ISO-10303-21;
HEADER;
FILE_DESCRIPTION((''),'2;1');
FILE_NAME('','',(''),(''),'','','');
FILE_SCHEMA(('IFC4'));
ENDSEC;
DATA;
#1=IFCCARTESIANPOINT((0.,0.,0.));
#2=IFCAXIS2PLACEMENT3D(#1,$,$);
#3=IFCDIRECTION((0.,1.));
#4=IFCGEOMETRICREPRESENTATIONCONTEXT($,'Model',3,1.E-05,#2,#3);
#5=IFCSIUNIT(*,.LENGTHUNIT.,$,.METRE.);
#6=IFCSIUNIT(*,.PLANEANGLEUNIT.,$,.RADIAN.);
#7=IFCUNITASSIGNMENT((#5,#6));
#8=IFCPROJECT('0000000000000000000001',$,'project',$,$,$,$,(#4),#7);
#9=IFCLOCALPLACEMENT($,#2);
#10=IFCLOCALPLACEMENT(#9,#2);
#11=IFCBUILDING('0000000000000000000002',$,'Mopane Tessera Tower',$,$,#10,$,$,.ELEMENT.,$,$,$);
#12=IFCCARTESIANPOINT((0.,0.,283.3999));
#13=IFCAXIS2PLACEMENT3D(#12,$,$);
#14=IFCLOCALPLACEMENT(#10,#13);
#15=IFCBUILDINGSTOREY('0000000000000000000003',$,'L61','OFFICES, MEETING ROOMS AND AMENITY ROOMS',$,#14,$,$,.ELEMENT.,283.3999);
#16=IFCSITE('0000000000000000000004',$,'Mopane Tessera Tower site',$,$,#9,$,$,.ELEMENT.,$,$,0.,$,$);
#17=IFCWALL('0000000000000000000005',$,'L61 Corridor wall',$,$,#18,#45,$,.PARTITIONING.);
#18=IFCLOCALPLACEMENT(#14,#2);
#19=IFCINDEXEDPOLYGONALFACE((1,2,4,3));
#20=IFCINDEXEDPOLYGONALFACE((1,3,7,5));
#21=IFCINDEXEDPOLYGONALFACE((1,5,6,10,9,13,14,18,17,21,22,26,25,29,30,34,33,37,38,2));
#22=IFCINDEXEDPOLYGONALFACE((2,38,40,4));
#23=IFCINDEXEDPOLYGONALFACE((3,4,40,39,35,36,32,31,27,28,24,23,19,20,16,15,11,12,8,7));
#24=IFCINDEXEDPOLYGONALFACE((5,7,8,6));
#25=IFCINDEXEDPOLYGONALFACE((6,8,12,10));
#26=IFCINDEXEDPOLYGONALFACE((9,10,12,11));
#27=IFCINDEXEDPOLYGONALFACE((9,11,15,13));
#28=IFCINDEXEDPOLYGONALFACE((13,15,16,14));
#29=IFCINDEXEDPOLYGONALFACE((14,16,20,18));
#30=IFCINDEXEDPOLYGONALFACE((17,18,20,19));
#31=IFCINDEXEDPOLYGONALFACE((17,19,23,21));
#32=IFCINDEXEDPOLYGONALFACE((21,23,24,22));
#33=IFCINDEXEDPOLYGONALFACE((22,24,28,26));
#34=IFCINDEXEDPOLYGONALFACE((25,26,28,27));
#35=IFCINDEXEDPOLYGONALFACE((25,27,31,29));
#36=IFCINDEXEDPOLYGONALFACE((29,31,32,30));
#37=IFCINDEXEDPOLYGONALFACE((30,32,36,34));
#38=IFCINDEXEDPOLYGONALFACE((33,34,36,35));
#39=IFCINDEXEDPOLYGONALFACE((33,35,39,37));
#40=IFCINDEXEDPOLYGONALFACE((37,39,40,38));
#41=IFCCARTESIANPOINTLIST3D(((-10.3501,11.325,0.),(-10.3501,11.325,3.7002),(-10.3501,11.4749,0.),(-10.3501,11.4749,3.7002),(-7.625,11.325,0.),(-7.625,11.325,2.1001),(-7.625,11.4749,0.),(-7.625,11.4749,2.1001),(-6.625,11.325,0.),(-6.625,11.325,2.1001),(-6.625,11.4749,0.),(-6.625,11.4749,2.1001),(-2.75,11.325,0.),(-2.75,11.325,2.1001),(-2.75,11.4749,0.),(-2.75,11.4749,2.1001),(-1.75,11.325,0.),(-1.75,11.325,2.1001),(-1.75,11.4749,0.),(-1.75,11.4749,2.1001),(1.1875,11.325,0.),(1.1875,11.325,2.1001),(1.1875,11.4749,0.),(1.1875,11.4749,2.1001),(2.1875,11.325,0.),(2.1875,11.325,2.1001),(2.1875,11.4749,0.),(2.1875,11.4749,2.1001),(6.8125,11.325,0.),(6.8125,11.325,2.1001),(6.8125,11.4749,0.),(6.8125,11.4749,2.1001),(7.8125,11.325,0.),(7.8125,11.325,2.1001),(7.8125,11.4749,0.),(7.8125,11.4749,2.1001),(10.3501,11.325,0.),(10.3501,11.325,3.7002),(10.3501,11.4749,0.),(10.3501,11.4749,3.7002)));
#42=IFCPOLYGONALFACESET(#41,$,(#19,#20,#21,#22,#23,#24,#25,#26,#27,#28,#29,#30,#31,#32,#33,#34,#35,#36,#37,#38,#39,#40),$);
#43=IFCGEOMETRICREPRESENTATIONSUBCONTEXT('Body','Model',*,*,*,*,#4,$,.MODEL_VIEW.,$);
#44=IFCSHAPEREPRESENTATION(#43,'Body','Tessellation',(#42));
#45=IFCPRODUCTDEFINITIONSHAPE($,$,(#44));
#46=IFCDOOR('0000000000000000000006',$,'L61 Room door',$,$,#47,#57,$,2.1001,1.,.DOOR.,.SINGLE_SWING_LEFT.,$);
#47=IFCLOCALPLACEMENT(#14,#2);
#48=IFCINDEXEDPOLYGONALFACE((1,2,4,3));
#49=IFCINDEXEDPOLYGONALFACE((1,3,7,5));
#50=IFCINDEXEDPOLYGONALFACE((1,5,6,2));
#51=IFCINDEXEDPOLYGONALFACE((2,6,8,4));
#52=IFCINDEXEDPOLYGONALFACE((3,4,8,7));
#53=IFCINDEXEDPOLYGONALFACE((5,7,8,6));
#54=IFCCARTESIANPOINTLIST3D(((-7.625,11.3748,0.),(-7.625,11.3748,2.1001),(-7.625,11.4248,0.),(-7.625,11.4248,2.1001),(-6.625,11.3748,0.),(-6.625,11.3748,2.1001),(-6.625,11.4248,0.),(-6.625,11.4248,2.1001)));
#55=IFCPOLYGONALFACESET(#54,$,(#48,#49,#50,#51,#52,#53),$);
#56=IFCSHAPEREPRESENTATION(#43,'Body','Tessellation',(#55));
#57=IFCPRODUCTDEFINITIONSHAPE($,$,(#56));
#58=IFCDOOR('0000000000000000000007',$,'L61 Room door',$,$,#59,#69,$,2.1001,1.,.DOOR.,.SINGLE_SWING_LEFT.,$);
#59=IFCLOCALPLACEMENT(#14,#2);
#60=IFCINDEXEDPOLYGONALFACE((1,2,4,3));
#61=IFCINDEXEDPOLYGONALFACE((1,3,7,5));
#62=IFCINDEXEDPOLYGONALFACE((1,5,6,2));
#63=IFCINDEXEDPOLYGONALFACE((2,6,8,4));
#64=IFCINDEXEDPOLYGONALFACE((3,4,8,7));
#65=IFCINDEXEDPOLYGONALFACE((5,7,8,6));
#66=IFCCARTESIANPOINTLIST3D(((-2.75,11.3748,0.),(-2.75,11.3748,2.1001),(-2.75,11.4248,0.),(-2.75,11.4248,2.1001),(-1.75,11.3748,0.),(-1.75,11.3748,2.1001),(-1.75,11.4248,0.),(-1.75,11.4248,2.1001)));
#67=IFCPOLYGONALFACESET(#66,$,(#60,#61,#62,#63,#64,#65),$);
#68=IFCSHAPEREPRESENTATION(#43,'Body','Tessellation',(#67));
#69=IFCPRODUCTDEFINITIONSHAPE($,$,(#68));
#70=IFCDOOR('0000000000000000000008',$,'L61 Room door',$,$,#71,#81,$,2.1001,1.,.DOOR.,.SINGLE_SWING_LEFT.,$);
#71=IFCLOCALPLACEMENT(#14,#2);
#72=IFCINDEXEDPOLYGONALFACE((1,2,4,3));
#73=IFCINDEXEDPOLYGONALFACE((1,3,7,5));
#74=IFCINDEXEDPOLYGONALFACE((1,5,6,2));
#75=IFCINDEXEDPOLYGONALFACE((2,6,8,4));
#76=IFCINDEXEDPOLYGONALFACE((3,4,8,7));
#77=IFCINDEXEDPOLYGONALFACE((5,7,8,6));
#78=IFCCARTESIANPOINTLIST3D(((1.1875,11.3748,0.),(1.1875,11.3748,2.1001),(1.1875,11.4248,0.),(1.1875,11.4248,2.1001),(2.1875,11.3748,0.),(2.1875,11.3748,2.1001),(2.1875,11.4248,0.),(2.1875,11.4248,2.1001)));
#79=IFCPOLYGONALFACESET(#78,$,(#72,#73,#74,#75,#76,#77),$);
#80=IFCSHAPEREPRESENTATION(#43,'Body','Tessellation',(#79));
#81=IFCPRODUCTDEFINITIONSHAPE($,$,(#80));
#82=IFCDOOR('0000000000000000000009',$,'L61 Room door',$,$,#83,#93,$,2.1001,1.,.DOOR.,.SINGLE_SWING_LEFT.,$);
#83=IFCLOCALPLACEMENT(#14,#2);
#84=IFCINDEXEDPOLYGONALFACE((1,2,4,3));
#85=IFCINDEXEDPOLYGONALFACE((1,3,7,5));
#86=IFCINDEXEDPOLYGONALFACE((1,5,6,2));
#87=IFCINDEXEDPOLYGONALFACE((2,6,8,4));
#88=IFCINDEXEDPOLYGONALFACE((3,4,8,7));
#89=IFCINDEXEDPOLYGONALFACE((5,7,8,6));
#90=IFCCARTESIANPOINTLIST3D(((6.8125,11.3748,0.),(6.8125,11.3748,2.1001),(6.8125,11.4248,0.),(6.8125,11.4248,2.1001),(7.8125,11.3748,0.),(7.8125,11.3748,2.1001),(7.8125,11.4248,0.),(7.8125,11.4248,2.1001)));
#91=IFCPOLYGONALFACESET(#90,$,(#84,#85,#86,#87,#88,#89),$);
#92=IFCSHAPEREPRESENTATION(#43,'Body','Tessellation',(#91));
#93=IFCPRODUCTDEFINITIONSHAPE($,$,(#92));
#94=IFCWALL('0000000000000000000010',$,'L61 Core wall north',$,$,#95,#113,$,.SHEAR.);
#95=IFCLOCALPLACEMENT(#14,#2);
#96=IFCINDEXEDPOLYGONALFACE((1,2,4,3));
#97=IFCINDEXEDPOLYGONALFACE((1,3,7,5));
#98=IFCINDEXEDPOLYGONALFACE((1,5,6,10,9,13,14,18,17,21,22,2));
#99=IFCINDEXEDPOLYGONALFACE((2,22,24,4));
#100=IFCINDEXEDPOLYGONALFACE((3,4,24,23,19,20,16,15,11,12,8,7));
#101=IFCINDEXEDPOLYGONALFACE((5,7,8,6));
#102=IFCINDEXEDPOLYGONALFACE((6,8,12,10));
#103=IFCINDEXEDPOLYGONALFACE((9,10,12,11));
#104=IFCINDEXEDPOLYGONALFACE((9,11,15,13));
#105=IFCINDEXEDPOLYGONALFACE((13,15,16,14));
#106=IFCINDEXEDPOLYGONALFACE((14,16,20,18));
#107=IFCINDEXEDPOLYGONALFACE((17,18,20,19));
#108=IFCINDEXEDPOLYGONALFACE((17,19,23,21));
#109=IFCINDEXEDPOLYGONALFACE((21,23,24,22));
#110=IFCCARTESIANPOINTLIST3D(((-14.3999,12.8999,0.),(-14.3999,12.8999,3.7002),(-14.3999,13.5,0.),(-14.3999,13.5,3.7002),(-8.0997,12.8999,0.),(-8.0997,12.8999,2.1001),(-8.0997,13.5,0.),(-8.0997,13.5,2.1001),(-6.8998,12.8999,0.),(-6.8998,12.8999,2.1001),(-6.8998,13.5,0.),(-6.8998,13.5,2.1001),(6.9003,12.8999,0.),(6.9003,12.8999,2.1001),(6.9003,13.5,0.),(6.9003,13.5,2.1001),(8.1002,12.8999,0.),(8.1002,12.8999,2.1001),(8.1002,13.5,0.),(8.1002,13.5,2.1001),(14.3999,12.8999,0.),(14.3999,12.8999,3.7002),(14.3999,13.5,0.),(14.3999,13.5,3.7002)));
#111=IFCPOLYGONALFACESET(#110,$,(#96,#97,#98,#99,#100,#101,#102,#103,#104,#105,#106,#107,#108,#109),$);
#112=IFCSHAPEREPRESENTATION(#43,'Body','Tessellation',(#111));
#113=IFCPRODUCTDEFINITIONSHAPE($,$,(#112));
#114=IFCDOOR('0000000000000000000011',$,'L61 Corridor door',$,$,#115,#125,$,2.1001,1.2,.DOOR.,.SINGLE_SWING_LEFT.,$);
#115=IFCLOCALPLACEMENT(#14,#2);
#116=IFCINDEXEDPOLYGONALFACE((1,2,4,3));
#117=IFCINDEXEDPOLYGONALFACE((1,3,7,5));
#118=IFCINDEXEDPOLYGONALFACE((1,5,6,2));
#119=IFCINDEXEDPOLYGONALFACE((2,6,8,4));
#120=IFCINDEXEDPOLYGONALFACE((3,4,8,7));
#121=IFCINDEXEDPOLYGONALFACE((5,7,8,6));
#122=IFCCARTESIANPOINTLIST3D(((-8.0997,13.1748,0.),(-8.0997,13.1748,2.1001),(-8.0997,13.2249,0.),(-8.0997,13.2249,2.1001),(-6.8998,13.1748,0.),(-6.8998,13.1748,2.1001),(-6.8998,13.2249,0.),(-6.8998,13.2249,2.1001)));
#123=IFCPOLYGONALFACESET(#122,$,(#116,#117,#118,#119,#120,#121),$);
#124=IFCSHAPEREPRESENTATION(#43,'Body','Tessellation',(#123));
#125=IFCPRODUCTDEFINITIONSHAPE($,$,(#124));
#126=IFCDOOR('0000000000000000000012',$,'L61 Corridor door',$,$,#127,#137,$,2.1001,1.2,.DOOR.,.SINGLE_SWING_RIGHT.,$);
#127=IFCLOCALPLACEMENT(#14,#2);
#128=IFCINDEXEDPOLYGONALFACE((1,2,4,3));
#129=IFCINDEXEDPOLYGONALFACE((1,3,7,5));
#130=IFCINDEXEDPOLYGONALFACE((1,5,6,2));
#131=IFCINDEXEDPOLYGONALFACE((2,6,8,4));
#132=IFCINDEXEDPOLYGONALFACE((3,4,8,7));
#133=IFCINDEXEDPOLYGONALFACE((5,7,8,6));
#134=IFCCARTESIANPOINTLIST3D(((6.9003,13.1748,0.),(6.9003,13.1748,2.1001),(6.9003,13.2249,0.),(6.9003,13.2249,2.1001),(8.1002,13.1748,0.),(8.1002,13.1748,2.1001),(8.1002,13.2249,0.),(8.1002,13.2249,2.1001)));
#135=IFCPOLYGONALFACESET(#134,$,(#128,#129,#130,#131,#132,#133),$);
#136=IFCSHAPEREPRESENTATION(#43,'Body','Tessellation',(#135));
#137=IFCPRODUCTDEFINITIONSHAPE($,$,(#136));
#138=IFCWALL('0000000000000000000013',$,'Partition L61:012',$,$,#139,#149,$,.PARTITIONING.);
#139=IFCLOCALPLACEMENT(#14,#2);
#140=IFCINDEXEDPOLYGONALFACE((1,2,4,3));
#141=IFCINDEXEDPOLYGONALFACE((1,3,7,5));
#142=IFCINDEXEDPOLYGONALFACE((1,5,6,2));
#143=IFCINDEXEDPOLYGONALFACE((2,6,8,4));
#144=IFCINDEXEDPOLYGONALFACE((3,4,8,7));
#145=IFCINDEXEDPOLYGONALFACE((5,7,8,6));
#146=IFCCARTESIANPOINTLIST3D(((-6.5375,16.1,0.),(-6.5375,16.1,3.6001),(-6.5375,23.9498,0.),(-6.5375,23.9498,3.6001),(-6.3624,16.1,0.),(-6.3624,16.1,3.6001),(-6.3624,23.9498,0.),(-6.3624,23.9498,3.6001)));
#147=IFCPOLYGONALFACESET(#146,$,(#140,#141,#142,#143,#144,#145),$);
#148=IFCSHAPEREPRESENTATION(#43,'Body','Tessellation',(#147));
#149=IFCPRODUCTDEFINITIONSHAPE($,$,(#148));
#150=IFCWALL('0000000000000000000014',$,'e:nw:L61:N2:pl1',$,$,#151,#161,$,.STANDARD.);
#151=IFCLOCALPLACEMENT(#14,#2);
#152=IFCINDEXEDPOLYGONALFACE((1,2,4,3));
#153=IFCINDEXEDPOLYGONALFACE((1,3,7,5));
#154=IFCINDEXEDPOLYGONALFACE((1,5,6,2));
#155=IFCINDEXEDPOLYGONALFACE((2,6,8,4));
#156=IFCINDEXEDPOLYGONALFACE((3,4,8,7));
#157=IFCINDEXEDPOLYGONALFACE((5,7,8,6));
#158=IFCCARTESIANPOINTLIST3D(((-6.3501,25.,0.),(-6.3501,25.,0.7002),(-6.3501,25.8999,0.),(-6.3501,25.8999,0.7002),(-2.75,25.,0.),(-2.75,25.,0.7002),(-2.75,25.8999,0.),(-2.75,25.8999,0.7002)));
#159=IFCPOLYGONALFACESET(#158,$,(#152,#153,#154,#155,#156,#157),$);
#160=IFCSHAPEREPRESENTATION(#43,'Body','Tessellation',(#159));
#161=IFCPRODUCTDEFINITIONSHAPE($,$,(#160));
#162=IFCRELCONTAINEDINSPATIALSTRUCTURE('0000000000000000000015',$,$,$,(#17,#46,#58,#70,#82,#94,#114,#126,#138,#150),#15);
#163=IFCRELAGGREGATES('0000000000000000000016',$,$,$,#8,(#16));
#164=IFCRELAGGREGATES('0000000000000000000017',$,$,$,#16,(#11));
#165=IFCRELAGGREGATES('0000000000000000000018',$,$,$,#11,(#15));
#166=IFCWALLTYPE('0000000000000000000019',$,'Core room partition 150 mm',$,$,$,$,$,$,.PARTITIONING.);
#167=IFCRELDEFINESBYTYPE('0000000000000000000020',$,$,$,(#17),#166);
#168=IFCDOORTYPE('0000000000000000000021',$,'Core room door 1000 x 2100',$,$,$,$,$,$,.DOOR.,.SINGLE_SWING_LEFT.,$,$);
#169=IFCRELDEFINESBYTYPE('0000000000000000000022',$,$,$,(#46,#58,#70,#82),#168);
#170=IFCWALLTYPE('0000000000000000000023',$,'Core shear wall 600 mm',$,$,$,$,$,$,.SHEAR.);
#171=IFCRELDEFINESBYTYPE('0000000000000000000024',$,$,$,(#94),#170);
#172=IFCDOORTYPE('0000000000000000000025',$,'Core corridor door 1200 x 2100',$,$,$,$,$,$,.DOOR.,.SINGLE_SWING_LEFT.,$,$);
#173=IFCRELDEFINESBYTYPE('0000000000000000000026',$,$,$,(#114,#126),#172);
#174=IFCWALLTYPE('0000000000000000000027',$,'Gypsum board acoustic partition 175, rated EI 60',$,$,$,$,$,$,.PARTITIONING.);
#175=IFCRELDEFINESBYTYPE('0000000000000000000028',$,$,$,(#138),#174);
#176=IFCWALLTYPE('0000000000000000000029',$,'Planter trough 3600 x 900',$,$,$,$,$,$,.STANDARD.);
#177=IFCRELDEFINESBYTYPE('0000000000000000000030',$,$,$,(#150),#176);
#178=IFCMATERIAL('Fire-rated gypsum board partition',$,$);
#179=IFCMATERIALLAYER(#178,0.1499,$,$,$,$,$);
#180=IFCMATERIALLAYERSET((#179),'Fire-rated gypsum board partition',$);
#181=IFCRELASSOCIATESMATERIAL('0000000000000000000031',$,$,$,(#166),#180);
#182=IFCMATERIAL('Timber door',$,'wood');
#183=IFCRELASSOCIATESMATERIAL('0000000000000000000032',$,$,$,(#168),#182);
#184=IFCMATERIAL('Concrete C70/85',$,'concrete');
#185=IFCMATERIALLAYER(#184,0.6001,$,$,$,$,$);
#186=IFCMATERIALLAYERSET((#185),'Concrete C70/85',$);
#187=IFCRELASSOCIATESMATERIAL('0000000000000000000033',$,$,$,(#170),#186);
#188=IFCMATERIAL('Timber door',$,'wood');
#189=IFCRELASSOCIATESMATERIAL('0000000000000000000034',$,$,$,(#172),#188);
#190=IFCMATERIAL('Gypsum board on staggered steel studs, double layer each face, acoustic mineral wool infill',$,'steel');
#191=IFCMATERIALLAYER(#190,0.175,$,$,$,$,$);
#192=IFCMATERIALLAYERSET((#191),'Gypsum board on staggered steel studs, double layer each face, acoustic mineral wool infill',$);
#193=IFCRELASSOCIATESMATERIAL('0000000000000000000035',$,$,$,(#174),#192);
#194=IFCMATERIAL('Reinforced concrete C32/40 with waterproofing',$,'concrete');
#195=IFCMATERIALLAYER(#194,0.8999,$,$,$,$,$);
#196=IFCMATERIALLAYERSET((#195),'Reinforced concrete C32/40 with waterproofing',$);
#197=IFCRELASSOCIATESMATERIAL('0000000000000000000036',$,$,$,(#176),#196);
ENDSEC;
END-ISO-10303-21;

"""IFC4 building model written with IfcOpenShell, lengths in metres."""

from ifc_helpers import new_model, si_unit, direction, frame, frame_2d, origin, place, context, subcontext, project, spatial, rectangle, extrude, material, layer, layer_set, type_object, element, fill, save


model = new_model("IFC4")

# Units and contexts
model_context = context("Model", 3, precision=1e-05, world=origin(), true_north=direction((0.0, 1.0)))
body_context = subcontext(model_context, "Body", "Model", "MODEL_VIEW")
ifc_project = project(units=[si_unit("LENGTHUNIT", "METRE"), si_unit("PLANEANGLEUNIT", "RADIAN")], contexts=[model_context])

# Site, building, storey
site_placement = place(None, origin())
site = spatial("IfcSite", under=ifc_project, at=site_placement, Name="Mopane Tessera Tower site", CompositionType="ELEMENT", RefElevation=0.0)
building_placement = place(site_placement, origin())
building = spatial("IfcBuilding", under=site, at=building_placement, Name="Mopane Tessera Tower", CompositionType="ELEMENT")
storey_placement = place(building_placement, frame((0.0, 0.0, 283.3999)))
storey = spatial("IfcBuildingStorey", under=building, at=storey_placement, Name="L61", Description="OFFICES, MEETING ROOMS AND AMENITY ROOMS", CompositionType="ELEMENT", Elevation=283.3999)

# Walls, openings, doors
ifc_material_1 = material(Name="Fire-rated gypsum board partition")
ifc_layer_1 = layer(ifc_material_1, 0.1499)
ifc_layer_set_1 = layer_set([ifc_layer_1], Name="Fire-rated gypsum board partition")
wall_type_1 = type_object("IfcWallType", Name="Core room partition 150 mm", PredefinedType="PARTITIONING", material=ifc_layer_set_1)
wall_1_placement = place(storey_placement, frame((-10.3501, 11.3999, 0.0), z_axis=(0.0, 0.0, 1.0), x_axis=(1.0, 0.0, 0.0)))
wall_1 = element("IfcWall", 1, at=wall_1_placement, inside=storey, type_object=wall_type_1, Name="L61 Corridor wall", PredefinedType="PARTITIONING", context=body_context, shape_type="SweptSolid", body=[
    extrude(rectangle(XDim=20.7002, YDim=0.1499, at=frame_2d((10.3501, 0.0))), origin(), (0.0, 0.0, 1.0), 3.7002),
])
opening_1_placement = place(wall_1_placement, frame((2.7251, 0.0, 0.0)))
opening_1 = element("IfcOpeningElement", 2, at=opening_1_placement, cuts=wall_1, PredefinedType="OPENING", context=body_context, shape_type="SweptSolid", body=[
    extrude(rectangle(XDim=1.0, YDim=2.1001, at=frame_2d((0.5, 1.05))), frame((0.0, 0.0869, 0.0), z_axis=(0.0, -1.0, 0.0), x_axis=(1.0, 0.0, 0.0)), (0.0, 0.0, 1.0), 0.1738),
])
opening_2_placement = place(wall_1_placement, frame((7.6001, 0.0, 0.0)))
opening_2 = element("IfcOpeningElement", 3, at=opening_2_placement, cuts=wall_1, PredefinedType="OPENING", context=body_context, shape_type="SweptSolid", body=[
    extrude(rectangle(XDim=1.0, YDim=2.1001, at=frame_2d((0.5, 1.05))), frame((0.0, 0.0869, 0.0), z_axis=(0.0, -1.0, 0.0), x_axis=(1.0, 0.0, 0.0)), (0.0, 0.0, 1.0), 0.1738),
])
opening_3_placement = place(wall_1_placement, frame((11.5376, 0.0, 0.0)))
opening_3 = element("IfcOpeningElement", 4, at=opening_3_placement, cuts=wall_1, PredefinedType="OPENING", context=body_context, shape_type="SweptSolid", body=[
    extrude(rectangle(XDim=1.0, YDim=2.1001, at=frame_2d((0.5, 1.05))), frame((0.0, 0.0869, 0.0), z_axis=(0.0, -1.0, 0.0), x_axis=(1.0, 0.0, 0.0)), (0.0, 0.0, 1.0), 0.1738),
])
opening_4_placement = place(wall_1_placement, frame((17.1626, 0.0, 0.0)))
opening_4 = element("IfcOpeningElement", 5, at=opening_4_placement, cuts=wall_1, PredefinedType="OPENING", context=body_context, shape_type="SweptSolid", body=[
    extrude(rectangle(XDim=1.0, YDim=2.1001, at=frame_2d((0.5, 1.05))), frame((0.0, 0.0869, 0.0), z_axis=(0.0, -1.0, 0.0), x_axis=(1.0, 0.0, 0.0)), (0.0, 0.0, 1.0), 0.1738),
])
ifc_material_2 = material(Name="Timber door", Category="wood")
door_type_1 = type_object("IfcDoorType", Name="Core room door 1000 x 2100", OperationType="SINGLE_SWING_LEFT", PredefinedType="DOOR", material=ifc_material_2)
door_1_placement = place(opening_1_placement, origin())
door_1 = element("IfcDoor", 6, at=door_1_placement, inside=storey, type_object=door_type_1, Name="L61 Room door", OperationType="SINGLE_SWING_LEFT", OverallHeight=2.1001, OverallWidth=1.0, PredefinedType="DOOR", context=body_context, shape_type="SweptSolid", body=[
    extrude(rectangle(XDim=1.0, YDim=2.1001, at=frame_2d((0.5, 1.05))), frame((0.0, 0.0249, 0.0), z_axis=(0.0, -1.0, 0.0), x_axis=(1.0, 0.0, 0.0)), (0.0, 0.0, 1.0), 0.05),
])
fill(opening_1, door_1)
door_2_placement = place(opening_2_placement, origin())
door_2 = element("IfcDoor", 7, at=door_2_placement, inside=storey, type_object=door_type_1, Name="L61 Room door", OperationType="SINGLE_SWING_LEFT", OverallHeight=2.1001, OverallWidth=1.0, PredefinedType="DOOR", context=body_context, shape_type="SweptSolid", body=[
    extrude(rectangle(XDim=1.0, YDim=2.1001, at=frame_2d((0.5, 1.05))), frame((0.0, 0.0249, 0.0), z_axis=(0.0, -1.0, 0.0), x_axis=(1.0, 0.0, 0.0)), (0.0, 0.0, 1.0), 0.05),
])
fill(opening_2, door_2)
door_3_placement = place(opening_3_placement, origin())
door_3 = element("IfcDoor", 8, at=door_3_placement, inside=storey, type_object=door_type_1, Name="L61 Room door", OperationType="SINGLE_SWING_LEFT", OverallHeight=2.1001, OverallWidth=1.0, PredefinedType="DOOR", context=body_context, shape_type="SweptSolid", body=[
    extrude(rectangle(XDim=1.0, YDim=2.1001, at=frame_2d((0.5, 1.05))), frame((0.0, 0.0249, 0.0), z_axis=(0.0, -1.0, 0.0), x_axis=(1.0, 0.0, 0.0)), (0.0, 0.0, 1.0), 0.05),
])
fill(opening_3, door_3)
door_4_placement = place(opening_4_placement, origin())
door_4 = element("IfcDoor", 9, at=door_4_placement, inside=storey, type_object=door_type_1, Name="L61 Room door", OperationType="SINGLE_SWING_LEFT", OverallHeight=2.1001, OverallWidth=1.0, PredefinedType="DOOR", context=body_context, shape_type="SweptSolid", body=[
    extrude(rectangle(XDim=1.0, YDim=2.1001, at=frame_2d((0.5, 1.05))), frame((0.0, 0.0249, 0.0), z_axis=(0.0, -1.0, 0.0), x_axis=(1.0, 0.0, 0.0)), (0.0, 0.0, 1.0), 0.05),
])
fill(opening_4, door_4)
ifc_material_3 = material(Name="Concrete C70/85", Category="concrete")
ifc_layer_2 = layer(ifc_material_3, 0.6001)
ifc_layer_set_2 = layer_set([ifc_layer_2], Name="Concrete C70/85")
wall_type_2 = type_object("IfcWallType", Name="Core shear wall 600 mm", PredefinedType="SHEAR", material=ifc_layer_set_2)
wall_2_placement = place(storey_placement, frame((-14.3999, 13.2, 0.0), z_axis=(0.0, 0.0, 1.0), x_axis=(1.0, 0.0, 0.0)))
wall_2 = element("IfcWall", 10, at=wall_2_placement, inside=storey, type_object=wall_type_2, Name="L61 Core wall north", PredefinedType="SHEAR", context=body_context, shape_type="SweptSolid", body=[
    extrude(rectangle(XDim=28.7998, YDim=0.6001, at=frame_2d((14.3999, 0.0))), origin(), (0.0, 0.0, 1.0), 3.7002),
])
opening_5_placement = place(wall_2_placement, frame((6.3, 0.0, 0.0)))
opening_5 = element("IfcOpeningElement", 11, at=opening_5_placement, cuts=wall_2, PredefinedType="OPENING", context=body_context, shape_type="SweptSolid", body=[
    extrude(rectangle(XDim=1.2, YDim=2.1001, at=frame_2d((0.6001, 1.05))), frame((0.0, 0.312, 0.0), z_axis=(0.0, -1.0, 0.0), x_axis=(1.0, 0.0, 0.0)), (0.0, 0.0, 1.0), 0.624),
])
opening_6_placement = place(wall_2_placement, frame((21.3, 0.0, 0.0)))
opening_6 = element("IfcOpeningElement", 12, at=opening_6_placement, cuts=wall_2, PredefinedType="OPENING", context=body_context, shape_type="SweptSolid", body=[
    extrude(rectangle(XDim=1.2, YDim=2.1001, at=frame_2d((0.6001, 1.05))), frame((0.0, 0.312, 0.0), z_axis=(0.0, -1.0, 0.0), x_axis=(1.0, 0.0, 0.0)), (0.0, 0.0, 1.0), 0.624),
])
ifc_material_4 = material(Name="Timber door", Category="wood")
door_type_2 = type_object("IfcDoorType", Name="Core corridor door 1200 x 2100", OperationType="SINGLE_SWING_LEFT", PredefinedType="DOOR", material=ifc_material_4)
door_5_placement = place(opening_5_placement, origin())
door_5 = element("IfcDoor", 13, at=door_5_placement, inside=storey, type_object=door_type_2, Name="L61 Corridor door", OperationType="SINGLE_SWING_LEFT", OverallHeight=2.1001, OverallWidth=1.2, PredefinedType="DOOR", context=body_context, shape_type="SweptSolid", body=[
    extrude(rectangle(XDim=1.2, YDim=2.1001, at=frame_2d((0.6001, 1.05))), frame((0.0, 0.0249, 0.0), z_axis=(0.0, -1.0, 0.0), x_axis=(1.0, 0.0, 0.0)), (0.0, 0.0, 1.0), 0.05),
])
fill(opening_5, door_5)
door_6_placement = place(opening_6_placement, origin())
door_6 = element("IfcDoor", 14, at=door_6_placement, inside=storey, type_object=door_type_2, Name="L61 Corridor door", OperationType="SINGLE_SWING_RIGHT", OverallHeight=2.1001, OverallWidth=1.2, PredefinedType="DOOR", context=body_context, shape_type="SweptSolid", body=[
    extrude(rectangle(XDim=1.2, YDim=2.1001, at=frame_2d((0.6001, 1.05))), frame((0.0, 0.0249, 0.0), z_axis=(0.0, -1.0, 0.0), x_axis=(1.0, 0.0, 0.0)), (0.0, 0.0, 1.0), 0.05),
])
fill(opening_6, door_6)

# Walls
ifc_material_5 = material(Name="Gypsum board on staggered steel studs, double layer each face, acoustic mineral wool infill", Category="steel")
ifc_layer_3 = layer(ifc_material_5, 0.175)
ifc_layer_set_3 = layer_set([ifc_layer_3], Name="Gypsum board on staggered steel studs, double layer each face, acoustic mineral wool infill")
wall_type_3 = type_object("IfcWallType", Name="Gypsum board acoustic partition 175, rated EI 60", PredefinedType="PARTITIONING", material=ifc_layer_set_3)
wall_3_placement = place(storey_placement, frame((-6.45, 16.1001, 0.0), z_axis=(0.0, 0.0, 1.0), x_axis=(0.0, 1.0, 0.0)))
element("IfcWall", 15, at=wall_3_placement, inside=storey, type_object=wall_type_3, Name="Partition L61:012", PredefinedType="PARTITIONING", context=body_context, shape_type="SweptSolid", body=[
    extrude(rectangle(XDim=7.8499, YDim=0.175, at=frame_2d((3.9248, 0.0))), origin(), (0.0, 0.0, 1.0), 3.6001),
])
ifc_material_6 = material(Name="Reinforced concrete C32/40 with waterproofing", Category="concrete")
ifc_layer_4 = layer(ifc_material_6, 0.8999)
ifc_layer_set_4 = layer_set([ifc_layer_4], Name="Reinforced concrete C32/40 with waterproofing")
wall_type_4 = type_object("IfcWallType", Name="Planter trough 3600 x 900", PredefinedType="STANDARD", material=ifc_layer_set_4)
wall_4_placement = place(storey_placement, frame((-2.75, 25.45, 0.0), z_axis=(0.0, 0.0, 1.0), x_axis=(-1.0, 0.0, 0.0)))
element("IfcWall", 16, at=wall_4_placement, inside=storey, type_object=wall_type_4, Name="e:nw:L61:N2:pl1", PredefinedType="STANDARD", context=body_context, shape_type="SweptSolid", body=[
    extrude(rectangle(XDim=3.6001, YDim=0.8999, at=frame_2d((1.8, 0.0))), origin(), (0.0, 0.0, 1.0), 0.7002),
])

save(model, "model.ifc")
